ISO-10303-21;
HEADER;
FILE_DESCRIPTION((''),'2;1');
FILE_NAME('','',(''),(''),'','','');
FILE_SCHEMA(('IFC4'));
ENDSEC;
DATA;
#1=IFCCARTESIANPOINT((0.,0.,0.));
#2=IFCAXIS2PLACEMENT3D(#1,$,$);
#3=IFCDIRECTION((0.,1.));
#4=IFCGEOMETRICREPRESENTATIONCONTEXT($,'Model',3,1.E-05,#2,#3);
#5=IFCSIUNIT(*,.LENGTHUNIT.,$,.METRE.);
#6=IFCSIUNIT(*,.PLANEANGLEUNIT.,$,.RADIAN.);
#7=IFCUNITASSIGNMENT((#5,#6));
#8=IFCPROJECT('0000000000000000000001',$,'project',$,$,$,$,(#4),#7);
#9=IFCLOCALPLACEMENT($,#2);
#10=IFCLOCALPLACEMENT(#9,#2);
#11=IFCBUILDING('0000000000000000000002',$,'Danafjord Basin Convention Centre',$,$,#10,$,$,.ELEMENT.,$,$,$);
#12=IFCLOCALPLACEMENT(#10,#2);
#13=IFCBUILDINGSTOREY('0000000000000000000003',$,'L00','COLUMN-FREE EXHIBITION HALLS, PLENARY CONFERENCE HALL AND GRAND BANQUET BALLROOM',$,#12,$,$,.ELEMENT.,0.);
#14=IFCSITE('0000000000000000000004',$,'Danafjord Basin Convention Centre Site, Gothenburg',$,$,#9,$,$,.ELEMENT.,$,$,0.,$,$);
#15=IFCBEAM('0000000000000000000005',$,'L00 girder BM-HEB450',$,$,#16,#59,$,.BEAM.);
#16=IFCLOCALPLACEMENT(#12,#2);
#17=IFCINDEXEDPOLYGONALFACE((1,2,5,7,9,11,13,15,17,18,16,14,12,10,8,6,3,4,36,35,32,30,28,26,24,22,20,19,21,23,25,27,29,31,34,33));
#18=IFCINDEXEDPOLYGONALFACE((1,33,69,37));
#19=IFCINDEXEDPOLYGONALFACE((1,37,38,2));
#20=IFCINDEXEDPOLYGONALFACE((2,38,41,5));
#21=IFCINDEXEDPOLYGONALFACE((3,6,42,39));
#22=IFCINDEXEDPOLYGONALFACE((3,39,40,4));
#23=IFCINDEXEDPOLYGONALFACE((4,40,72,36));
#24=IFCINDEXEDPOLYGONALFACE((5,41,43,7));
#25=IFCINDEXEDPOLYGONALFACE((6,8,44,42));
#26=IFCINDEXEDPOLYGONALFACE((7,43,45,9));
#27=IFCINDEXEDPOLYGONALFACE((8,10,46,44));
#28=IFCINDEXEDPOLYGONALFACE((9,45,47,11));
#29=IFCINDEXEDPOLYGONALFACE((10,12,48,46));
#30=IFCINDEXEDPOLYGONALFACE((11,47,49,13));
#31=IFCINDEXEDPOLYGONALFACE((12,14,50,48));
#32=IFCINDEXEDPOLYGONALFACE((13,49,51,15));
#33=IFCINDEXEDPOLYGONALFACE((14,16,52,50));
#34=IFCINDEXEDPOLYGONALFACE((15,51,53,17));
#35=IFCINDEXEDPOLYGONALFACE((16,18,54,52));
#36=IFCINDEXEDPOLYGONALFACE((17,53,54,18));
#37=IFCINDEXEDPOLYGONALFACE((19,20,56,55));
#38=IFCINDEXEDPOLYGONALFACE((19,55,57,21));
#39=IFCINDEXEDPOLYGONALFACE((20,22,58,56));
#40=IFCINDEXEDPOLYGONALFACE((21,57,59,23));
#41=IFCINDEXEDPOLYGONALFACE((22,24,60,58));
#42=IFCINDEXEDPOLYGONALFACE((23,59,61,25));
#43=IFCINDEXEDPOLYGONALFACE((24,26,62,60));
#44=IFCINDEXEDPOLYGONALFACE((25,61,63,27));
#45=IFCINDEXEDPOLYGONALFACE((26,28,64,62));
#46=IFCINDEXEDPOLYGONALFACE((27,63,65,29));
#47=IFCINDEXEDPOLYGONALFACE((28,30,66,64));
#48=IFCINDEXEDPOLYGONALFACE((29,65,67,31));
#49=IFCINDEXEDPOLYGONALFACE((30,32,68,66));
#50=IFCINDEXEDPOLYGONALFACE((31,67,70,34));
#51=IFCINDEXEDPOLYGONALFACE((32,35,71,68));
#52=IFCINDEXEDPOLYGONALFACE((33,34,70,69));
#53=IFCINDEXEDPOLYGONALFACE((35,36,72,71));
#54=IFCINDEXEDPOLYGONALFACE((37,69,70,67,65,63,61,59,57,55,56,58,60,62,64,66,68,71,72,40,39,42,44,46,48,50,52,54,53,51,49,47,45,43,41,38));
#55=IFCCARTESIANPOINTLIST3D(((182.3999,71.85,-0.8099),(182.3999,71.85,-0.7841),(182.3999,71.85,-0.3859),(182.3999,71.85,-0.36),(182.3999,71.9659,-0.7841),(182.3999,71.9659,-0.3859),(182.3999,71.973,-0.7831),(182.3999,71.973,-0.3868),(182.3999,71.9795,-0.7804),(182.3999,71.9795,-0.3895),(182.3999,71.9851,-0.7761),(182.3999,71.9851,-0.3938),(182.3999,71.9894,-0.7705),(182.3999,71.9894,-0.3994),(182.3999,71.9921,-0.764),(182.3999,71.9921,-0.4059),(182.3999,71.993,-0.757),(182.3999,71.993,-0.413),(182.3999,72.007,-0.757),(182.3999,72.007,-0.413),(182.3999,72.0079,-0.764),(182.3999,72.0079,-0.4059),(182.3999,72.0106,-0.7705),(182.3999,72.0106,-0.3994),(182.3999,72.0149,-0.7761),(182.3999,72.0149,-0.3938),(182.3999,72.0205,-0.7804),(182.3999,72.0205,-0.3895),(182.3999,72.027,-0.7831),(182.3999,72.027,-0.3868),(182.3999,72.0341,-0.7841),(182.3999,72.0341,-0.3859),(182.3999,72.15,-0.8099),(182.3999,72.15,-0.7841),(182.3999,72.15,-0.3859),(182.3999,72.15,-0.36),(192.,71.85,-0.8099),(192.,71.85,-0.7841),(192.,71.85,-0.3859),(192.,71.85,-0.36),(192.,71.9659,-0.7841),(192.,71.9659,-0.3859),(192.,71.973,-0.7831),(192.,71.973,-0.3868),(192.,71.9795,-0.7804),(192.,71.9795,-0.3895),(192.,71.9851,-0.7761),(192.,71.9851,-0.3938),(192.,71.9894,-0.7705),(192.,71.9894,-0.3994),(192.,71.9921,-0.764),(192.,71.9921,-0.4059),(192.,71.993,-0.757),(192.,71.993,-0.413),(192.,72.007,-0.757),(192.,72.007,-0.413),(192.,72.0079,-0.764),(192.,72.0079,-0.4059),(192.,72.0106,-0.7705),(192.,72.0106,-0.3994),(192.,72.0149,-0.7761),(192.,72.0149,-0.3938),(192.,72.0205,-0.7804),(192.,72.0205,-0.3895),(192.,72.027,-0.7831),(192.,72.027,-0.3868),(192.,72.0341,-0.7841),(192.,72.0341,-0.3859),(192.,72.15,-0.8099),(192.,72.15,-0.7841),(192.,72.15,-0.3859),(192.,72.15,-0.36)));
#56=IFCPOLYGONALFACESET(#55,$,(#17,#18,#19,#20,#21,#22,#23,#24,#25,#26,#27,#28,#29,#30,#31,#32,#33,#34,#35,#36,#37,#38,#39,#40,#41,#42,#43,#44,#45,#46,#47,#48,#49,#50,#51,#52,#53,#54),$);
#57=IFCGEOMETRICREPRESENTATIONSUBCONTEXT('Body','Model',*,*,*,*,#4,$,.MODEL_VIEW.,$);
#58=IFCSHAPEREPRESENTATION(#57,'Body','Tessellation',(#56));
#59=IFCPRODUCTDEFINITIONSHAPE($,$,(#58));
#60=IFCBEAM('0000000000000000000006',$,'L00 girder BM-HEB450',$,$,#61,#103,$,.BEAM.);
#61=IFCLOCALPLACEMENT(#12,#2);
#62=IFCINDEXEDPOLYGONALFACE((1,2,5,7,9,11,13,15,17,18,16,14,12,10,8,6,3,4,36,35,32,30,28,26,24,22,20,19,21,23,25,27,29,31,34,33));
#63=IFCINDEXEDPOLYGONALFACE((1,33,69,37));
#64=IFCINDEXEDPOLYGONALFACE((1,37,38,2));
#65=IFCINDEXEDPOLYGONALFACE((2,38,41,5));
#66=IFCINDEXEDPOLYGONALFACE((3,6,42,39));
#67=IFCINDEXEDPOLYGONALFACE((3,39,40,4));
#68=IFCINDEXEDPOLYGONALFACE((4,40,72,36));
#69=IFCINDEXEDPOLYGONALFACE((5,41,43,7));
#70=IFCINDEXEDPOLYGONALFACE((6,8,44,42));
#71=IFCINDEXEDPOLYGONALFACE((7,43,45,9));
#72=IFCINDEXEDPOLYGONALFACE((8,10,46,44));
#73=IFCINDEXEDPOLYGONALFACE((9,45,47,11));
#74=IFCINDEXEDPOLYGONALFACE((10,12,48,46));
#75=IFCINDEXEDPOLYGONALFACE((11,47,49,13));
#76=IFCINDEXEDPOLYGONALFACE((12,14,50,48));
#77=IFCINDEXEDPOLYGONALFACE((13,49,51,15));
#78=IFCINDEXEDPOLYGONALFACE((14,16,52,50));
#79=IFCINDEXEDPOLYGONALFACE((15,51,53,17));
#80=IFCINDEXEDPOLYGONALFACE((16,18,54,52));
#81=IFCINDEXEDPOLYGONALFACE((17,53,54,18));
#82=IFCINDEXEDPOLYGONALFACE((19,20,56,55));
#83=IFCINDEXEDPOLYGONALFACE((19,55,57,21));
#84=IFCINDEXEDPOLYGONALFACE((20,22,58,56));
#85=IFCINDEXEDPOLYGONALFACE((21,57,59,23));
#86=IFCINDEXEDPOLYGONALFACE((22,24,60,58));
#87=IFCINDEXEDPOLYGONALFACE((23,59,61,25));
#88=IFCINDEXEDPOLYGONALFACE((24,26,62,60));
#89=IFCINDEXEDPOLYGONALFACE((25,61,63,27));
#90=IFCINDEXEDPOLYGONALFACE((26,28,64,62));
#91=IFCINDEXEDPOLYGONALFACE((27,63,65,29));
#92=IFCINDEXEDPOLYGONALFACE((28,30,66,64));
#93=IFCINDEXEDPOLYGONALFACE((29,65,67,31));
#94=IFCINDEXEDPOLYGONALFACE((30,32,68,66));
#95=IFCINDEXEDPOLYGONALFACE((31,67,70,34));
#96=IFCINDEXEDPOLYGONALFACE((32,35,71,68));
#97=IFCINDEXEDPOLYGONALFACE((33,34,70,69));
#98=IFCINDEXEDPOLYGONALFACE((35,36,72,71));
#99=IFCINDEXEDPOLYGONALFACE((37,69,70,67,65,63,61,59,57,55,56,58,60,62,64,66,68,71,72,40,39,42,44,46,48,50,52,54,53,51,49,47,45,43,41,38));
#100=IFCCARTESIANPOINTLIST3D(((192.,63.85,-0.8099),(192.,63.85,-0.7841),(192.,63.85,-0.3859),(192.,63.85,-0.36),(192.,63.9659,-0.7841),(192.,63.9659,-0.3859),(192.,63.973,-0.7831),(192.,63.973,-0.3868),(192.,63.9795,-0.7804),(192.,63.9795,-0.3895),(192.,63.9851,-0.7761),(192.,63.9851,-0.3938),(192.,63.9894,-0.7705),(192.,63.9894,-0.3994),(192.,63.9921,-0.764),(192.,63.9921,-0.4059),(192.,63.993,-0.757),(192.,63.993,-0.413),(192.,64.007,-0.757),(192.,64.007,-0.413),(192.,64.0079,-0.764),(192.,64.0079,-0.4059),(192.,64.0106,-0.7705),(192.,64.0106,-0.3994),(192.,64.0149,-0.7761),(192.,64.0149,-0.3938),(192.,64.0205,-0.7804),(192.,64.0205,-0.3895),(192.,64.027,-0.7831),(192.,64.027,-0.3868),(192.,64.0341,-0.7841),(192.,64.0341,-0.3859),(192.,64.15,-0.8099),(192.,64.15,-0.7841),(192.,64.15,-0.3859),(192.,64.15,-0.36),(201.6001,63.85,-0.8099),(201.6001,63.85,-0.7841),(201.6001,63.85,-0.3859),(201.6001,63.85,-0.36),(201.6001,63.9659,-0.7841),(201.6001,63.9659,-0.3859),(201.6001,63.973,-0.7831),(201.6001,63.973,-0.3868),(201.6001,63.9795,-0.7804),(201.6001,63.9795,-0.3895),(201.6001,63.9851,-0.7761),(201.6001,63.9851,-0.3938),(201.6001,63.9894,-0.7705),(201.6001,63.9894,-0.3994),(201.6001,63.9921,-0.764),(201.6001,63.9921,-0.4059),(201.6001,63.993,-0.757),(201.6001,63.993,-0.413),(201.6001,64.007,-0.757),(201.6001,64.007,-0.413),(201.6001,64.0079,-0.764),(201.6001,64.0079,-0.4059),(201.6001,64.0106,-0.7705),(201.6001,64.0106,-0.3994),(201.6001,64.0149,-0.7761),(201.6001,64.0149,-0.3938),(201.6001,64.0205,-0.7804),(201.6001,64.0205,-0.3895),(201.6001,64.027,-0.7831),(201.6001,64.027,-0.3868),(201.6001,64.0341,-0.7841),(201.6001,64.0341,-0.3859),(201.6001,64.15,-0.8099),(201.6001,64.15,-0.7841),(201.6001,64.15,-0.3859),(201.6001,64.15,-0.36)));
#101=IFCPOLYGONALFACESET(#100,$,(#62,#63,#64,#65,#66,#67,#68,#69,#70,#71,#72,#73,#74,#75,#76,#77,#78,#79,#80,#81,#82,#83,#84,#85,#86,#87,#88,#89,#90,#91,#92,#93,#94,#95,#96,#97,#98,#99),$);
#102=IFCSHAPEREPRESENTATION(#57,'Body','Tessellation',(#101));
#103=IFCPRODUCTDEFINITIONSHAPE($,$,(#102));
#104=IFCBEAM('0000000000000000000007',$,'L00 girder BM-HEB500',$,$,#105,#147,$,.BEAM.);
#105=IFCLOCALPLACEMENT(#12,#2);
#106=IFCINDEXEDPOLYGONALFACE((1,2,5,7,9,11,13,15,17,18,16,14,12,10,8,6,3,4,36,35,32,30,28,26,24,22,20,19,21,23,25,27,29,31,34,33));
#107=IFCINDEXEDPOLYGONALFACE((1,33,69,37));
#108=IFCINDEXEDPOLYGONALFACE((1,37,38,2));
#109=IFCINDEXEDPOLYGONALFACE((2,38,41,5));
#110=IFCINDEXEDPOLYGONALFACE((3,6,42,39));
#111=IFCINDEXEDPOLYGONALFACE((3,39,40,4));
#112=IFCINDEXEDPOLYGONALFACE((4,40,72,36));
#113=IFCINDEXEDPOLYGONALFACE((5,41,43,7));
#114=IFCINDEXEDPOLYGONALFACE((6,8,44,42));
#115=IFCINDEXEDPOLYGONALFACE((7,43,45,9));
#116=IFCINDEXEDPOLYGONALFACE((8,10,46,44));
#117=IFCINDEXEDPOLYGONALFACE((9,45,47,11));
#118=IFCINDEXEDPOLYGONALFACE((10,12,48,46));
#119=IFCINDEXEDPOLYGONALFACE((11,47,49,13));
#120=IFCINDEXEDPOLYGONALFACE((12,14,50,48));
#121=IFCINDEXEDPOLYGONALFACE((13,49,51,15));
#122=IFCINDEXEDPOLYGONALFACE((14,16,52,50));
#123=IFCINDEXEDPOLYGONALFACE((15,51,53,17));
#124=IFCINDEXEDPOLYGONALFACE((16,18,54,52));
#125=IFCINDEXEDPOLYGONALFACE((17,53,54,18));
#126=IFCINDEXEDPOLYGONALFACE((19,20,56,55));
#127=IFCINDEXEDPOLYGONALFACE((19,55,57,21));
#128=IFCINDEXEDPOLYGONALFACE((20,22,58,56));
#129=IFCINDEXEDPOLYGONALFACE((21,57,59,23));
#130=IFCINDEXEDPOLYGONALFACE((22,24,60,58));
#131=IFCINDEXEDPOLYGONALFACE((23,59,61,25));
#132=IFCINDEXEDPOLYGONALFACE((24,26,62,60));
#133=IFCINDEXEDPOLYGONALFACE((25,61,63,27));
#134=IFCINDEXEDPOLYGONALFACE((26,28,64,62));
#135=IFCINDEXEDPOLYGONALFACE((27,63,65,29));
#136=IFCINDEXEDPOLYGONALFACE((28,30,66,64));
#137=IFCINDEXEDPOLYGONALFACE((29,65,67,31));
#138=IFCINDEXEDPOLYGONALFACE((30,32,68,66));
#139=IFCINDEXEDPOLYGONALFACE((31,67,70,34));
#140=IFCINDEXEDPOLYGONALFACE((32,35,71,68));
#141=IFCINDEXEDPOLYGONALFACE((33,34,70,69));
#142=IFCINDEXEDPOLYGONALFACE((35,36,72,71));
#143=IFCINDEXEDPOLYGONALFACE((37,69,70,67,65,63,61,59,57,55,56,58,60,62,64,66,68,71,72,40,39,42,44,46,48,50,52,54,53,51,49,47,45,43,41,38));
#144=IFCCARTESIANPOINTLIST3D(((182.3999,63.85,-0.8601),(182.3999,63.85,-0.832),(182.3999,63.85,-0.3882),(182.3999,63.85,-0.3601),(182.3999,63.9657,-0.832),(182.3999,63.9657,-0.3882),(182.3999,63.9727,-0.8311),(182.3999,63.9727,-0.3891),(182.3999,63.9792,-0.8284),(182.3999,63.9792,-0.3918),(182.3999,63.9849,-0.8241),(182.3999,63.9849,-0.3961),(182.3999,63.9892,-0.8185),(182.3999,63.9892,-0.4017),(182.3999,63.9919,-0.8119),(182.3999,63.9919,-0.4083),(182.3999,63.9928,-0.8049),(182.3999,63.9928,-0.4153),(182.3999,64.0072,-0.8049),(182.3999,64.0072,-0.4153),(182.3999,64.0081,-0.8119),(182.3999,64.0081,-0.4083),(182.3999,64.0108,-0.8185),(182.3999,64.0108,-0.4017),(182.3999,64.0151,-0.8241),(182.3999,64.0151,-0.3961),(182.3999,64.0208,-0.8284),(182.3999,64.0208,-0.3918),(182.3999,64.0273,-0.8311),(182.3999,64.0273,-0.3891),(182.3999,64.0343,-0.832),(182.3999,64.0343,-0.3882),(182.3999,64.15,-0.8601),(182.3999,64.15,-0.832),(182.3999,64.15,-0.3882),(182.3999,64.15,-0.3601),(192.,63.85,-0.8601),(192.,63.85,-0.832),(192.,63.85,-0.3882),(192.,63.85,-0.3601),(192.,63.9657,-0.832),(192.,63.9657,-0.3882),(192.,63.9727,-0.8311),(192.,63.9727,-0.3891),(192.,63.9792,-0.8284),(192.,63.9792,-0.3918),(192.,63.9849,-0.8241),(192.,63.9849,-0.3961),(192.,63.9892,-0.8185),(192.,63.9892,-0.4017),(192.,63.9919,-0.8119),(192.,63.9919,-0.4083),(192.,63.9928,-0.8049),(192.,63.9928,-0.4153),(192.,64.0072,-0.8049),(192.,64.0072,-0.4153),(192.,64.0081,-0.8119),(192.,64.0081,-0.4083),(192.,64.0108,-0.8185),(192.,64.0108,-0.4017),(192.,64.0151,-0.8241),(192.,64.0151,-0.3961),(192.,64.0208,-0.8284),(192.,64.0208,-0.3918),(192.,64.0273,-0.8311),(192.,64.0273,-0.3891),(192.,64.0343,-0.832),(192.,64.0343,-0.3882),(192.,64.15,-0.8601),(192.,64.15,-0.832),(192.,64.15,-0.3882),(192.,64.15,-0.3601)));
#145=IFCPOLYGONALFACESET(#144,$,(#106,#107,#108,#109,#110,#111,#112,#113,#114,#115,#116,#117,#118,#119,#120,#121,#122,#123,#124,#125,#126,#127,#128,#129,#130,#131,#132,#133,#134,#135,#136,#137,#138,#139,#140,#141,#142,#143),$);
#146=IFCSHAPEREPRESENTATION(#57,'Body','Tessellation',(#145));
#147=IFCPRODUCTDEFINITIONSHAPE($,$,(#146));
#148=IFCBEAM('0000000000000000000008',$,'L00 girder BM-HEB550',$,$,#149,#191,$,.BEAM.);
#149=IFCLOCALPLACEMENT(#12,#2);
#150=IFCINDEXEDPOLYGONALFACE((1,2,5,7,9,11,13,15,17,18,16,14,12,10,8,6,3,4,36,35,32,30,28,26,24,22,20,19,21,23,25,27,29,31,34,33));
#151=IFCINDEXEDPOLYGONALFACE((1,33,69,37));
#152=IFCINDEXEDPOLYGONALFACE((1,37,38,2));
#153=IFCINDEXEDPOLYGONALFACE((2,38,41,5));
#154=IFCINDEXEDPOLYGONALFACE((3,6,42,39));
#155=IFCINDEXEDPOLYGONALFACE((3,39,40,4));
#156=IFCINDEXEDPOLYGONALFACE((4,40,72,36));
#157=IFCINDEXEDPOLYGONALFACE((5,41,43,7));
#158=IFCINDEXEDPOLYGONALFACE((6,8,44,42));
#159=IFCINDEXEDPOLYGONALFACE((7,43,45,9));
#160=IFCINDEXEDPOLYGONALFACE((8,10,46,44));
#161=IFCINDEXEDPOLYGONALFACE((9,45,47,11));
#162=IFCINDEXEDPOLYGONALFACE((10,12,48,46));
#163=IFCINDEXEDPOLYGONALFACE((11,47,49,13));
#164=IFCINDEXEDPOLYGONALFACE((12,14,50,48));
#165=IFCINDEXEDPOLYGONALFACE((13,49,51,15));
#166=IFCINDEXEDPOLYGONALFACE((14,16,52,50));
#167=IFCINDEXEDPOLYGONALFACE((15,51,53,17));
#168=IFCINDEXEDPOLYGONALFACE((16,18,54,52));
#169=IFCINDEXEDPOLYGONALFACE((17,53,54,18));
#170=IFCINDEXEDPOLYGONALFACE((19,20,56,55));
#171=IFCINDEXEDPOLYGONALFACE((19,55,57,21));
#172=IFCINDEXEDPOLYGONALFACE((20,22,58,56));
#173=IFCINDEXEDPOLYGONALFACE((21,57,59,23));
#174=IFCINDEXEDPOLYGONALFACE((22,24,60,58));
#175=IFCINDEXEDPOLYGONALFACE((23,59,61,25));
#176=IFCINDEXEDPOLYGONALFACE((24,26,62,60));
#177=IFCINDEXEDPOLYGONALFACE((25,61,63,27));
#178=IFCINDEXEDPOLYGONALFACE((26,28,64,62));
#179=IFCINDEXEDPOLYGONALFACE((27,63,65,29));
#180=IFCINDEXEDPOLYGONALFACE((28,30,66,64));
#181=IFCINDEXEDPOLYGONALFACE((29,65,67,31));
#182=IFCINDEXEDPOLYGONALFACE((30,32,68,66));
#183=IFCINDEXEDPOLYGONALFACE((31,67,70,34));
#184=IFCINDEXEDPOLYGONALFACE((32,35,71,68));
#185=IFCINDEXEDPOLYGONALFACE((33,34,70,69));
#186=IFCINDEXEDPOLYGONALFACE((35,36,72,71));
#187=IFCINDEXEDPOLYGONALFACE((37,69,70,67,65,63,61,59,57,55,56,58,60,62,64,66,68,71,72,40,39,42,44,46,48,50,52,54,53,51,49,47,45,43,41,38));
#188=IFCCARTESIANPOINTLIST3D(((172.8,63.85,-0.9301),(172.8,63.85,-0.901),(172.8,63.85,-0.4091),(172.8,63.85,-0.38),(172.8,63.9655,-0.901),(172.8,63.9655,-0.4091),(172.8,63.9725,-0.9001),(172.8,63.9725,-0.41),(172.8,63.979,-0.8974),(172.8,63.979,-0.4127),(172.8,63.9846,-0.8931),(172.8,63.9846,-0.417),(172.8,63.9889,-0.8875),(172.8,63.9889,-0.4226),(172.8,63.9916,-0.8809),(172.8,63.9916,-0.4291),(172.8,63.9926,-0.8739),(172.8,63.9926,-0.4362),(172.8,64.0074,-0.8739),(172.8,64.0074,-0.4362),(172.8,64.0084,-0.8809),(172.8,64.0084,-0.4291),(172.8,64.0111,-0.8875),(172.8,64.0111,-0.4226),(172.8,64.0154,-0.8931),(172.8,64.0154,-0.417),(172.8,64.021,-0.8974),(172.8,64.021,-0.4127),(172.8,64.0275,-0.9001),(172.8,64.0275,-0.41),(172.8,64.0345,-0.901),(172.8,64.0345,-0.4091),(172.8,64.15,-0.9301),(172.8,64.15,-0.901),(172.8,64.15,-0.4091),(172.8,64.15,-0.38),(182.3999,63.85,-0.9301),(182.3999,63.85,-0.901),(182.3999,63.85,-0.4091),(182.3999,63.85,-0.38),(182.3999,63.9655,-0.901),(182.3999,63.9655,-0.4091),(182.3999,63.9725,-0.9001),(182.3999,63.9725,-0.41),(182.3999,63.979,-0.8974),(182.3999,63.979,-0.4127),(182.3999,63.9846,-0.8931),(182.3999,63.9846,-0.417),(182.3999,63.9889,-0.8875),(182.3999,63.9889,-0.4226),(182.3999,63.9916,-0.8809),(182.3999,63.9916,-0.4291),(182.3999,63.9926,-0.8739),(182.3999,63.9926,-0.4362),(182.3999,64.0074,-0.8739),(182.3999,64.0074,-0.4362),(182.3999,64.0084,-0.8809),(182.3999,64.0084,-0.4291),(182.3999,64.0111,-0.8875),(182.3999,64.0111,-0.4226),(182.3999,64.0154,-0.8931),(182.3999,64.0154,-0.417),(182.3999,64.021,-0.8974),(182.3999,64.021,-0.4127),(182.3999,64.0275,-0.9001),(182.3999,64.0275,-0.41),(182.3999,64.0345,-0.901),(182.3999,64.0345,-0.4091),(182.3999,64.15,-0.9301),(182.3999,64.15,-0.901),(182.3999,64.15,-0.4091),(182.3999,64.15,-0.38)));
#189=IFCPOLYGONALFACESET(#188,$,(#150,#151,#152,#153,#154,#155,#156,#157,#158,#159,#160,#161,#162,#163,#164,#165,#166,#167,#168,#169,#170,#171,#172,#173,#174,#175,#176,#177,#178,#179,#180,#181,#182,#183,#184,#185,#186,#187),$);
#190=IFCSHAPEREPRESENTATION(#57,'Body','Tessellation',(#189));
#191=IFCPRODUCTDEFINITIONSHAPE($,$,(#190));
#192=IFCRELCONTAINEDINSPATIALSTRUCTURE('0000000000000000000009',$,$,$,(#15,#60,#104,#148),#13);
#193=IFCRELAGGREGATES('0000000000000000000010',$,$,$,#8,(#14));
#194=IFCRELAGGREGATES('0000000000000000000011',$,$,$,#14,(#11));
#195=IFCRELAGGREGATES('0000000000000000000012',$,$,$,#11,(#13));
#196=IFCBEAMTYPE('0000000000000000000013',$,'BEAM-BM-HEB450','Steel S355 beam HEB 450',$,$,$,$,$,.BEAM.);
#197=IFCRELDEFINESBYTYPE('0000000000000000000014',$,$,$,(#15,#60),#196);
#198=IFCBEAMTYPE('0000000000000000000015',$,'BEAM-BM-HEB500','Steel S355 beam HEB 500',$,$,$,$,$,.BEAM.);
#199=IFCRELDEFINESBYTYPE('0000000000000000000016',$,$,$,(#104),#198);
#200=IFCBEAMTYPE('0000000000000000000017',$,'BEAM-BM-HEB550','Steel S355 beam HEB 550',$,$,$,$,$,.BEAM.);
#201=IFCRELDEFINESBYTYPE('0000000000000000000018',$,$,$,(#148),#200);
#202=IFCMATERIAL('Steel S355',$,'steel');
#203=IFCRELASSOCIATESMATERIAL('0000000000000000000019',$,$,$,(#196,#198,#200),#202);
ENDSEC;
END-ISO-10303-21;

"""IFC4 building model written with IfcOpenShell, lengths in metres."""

from ifc_helpers import new_model, si_unit, direction, frame, origin, origin_2d, place, context, subcontext, project, spatial, i_section, extrude, material, material_profile, profile_set, type_object, element, save


model = new_model("IFC4")

# Units and contexts
model_context = context("Model", 3, precision=1e-05, world=origin(), true_north=direction((0.0, 1.0)))
body_context = subcontext(model_context, "Body", "Model", "MODEL_VIEW")
ifc_project = project(units=[si_unit("LENGTHUNIT", "METRE"), si_unit("PLANEANGLEUNIT", "RADIAN")], contexts=[model_context])

# Site, building, storey
site_placement = place(None, origin())
site = spatial("IfcSite", under=ifc_project, at=site_placement, Name="Danafjord Basin Convention Centre Site, Gothenburg", CompositionType="ELEMENT", RefElevation=0.0)
building_placement = place(site_placement, origin())
building = spatial("IfcBuilding", under=site, at=building_placement, Name="Danafjord Basin Convention Centre", CompositionType="ELEMENT")
storey_placement = place(building_placement, origin())
storey = spatial("IfcBuildingStorey", under=building, at=storey_placement, Name="L00", Description="COLUMN-FREE EXHIBITION HALLS, PLENARY CONFERENCE HALL AND GRAND BANQUET BALLROOM", CompositionType="ELEMENT", Elevation=0.0)

# Shared definitions
ifc_material_1 = material(Name="Steel S355", Category="steel")

# Beams
ifc_material_profile_1 = material_profile(ifc_material_1, i_section(OverallWidth=0.3, OverallDepth=0.45, WebThickness=0.0139, FlangeThickness=0.0259, FilletRadius=0.0271, at=origin_2d()), Name="HEB 450")
ifc_profile_set_1 = profile_set([ifc_material_profile_1], Name="Steel S355")
beam_type_1 = type_object("IfcBeamType", Name="BEAM-BM-HEB450", Description="Steel S355 beam HEB 450", PredefinedType="BEAM", material=ifc_profile_set_1)
for number, where, z_axis, x_axis, name in (
    (1, (182.3999, 72.0, -0.585), (1.0, 0.0, 0.0), (0.0, 1.0, 0.0), "L00 girder BM-HEB450"),
    (2, (192.0, 64.0, -0.585), (1.0, 0.0, 0.0), (0.0, 1.0, 0.0), "L00 girder BM-HEB450"),
):
    element("IfcBeam", number, at=place(storey_placement, frame(where, z_axis=z_axis, x_axis=x_axis)), inside=storey, type_object=beam_type_1, Name=name, PredefinedType="BEAM", context=body_context, shape_type="SweptSolid", body=[
        extrude(i_section(OverallWidth=0.3, OverallDepth=0.45, WebThickness=0.0139, FlangeThickness=0.0259, FilletRadius=0.0271, at=origin_2d()), origin(), (0.0, 0.0, 1.0), 9.6001),
    ])
ifc_material_profile_2 = material_profile(ifc_material_1, i_section(OverallWidth=0.3, OverallDepth=0.5, WebThickness=0.0144, FlangeThickness=0.0281, FilletRadius=0.0271, at=origin_2d()), Name="HEB 500")
ifc_profile_set_2 = profile_set([ifc_material_profile_2], Name="Steel S355")
beam_type_2 = type_object("IfcBeamType", Name="BEAM-BM-HEB500", Description="Steel S355 beam HEB 500", PredefinedType="BEAM", material=ifc_profile_set_2)
beam_1_placement = place(storey_placement, frame((182.3999, 64.0, -0.6101), z_axis=(1.0, 0.0, 0.0), x_axis=(0.0, 1.0, 0.0)))
element("IfcBeam", 3, at=beam_1_placement, inside=storey, type_object=beam_type_2, Name="L00 girder BM-HEB500", PredefinedType="BEAM", context=body_context, shape_type="SweptSolid", body=[
    extrude(i_section(OverallWidth=0.3, OverallDepth=0.5, WebThickness=0.0144, FlangeThickness=0.0281, FilletRadius=0.0271, at=origin_2d()), origin(), (0.0, 0.0, 1.0), 9.6001),
])
ifc_material_profile_3 = material_profile(ifc_material_1, i_section(OverallWidth=0.3, OverallDepth=0.55, WebThickness=0.0149, FlangeThickness=0.0291, FilletRadius=0.0271, at=origin_2d()), Name="HEB 550")
ifc_profile_set_3 = profile_set([ifc_material_profile_3], Name="Steel S355")
beam_type_3 = type_object("IfcBeamType", Name="BEAM-BM-HEB550", Description="Steel S355 beam HEB 550", PredefinedType="BEAM", material=ifc_profile_set_3)
beam_2_placement = place(storey_placement, frame((172.8, 64.0, -0.655), z_axis=(1.0, 0.0, 0.0), x_axis=(0.0, 1.0, 0.0)))
element("IfcBeam", 4, at=beam_2_placement, inside=storey, type_object=beam_type_3, Name="L00 girder BM-HEB550", PredefinedType="BEAM", context=body_context, shape_type="SweptSolid", body=[
    extrude(i_section(OverallWidth=0.3, OverallDepth=0.55, WebThickness=0.0149, FlangeThickness=0.0291, FilletRadius=0.0271, at=origin_2d()), origin(), (0.0, 0.0, 1.0), 9.5999),
])

save(model, "model.ifc")
